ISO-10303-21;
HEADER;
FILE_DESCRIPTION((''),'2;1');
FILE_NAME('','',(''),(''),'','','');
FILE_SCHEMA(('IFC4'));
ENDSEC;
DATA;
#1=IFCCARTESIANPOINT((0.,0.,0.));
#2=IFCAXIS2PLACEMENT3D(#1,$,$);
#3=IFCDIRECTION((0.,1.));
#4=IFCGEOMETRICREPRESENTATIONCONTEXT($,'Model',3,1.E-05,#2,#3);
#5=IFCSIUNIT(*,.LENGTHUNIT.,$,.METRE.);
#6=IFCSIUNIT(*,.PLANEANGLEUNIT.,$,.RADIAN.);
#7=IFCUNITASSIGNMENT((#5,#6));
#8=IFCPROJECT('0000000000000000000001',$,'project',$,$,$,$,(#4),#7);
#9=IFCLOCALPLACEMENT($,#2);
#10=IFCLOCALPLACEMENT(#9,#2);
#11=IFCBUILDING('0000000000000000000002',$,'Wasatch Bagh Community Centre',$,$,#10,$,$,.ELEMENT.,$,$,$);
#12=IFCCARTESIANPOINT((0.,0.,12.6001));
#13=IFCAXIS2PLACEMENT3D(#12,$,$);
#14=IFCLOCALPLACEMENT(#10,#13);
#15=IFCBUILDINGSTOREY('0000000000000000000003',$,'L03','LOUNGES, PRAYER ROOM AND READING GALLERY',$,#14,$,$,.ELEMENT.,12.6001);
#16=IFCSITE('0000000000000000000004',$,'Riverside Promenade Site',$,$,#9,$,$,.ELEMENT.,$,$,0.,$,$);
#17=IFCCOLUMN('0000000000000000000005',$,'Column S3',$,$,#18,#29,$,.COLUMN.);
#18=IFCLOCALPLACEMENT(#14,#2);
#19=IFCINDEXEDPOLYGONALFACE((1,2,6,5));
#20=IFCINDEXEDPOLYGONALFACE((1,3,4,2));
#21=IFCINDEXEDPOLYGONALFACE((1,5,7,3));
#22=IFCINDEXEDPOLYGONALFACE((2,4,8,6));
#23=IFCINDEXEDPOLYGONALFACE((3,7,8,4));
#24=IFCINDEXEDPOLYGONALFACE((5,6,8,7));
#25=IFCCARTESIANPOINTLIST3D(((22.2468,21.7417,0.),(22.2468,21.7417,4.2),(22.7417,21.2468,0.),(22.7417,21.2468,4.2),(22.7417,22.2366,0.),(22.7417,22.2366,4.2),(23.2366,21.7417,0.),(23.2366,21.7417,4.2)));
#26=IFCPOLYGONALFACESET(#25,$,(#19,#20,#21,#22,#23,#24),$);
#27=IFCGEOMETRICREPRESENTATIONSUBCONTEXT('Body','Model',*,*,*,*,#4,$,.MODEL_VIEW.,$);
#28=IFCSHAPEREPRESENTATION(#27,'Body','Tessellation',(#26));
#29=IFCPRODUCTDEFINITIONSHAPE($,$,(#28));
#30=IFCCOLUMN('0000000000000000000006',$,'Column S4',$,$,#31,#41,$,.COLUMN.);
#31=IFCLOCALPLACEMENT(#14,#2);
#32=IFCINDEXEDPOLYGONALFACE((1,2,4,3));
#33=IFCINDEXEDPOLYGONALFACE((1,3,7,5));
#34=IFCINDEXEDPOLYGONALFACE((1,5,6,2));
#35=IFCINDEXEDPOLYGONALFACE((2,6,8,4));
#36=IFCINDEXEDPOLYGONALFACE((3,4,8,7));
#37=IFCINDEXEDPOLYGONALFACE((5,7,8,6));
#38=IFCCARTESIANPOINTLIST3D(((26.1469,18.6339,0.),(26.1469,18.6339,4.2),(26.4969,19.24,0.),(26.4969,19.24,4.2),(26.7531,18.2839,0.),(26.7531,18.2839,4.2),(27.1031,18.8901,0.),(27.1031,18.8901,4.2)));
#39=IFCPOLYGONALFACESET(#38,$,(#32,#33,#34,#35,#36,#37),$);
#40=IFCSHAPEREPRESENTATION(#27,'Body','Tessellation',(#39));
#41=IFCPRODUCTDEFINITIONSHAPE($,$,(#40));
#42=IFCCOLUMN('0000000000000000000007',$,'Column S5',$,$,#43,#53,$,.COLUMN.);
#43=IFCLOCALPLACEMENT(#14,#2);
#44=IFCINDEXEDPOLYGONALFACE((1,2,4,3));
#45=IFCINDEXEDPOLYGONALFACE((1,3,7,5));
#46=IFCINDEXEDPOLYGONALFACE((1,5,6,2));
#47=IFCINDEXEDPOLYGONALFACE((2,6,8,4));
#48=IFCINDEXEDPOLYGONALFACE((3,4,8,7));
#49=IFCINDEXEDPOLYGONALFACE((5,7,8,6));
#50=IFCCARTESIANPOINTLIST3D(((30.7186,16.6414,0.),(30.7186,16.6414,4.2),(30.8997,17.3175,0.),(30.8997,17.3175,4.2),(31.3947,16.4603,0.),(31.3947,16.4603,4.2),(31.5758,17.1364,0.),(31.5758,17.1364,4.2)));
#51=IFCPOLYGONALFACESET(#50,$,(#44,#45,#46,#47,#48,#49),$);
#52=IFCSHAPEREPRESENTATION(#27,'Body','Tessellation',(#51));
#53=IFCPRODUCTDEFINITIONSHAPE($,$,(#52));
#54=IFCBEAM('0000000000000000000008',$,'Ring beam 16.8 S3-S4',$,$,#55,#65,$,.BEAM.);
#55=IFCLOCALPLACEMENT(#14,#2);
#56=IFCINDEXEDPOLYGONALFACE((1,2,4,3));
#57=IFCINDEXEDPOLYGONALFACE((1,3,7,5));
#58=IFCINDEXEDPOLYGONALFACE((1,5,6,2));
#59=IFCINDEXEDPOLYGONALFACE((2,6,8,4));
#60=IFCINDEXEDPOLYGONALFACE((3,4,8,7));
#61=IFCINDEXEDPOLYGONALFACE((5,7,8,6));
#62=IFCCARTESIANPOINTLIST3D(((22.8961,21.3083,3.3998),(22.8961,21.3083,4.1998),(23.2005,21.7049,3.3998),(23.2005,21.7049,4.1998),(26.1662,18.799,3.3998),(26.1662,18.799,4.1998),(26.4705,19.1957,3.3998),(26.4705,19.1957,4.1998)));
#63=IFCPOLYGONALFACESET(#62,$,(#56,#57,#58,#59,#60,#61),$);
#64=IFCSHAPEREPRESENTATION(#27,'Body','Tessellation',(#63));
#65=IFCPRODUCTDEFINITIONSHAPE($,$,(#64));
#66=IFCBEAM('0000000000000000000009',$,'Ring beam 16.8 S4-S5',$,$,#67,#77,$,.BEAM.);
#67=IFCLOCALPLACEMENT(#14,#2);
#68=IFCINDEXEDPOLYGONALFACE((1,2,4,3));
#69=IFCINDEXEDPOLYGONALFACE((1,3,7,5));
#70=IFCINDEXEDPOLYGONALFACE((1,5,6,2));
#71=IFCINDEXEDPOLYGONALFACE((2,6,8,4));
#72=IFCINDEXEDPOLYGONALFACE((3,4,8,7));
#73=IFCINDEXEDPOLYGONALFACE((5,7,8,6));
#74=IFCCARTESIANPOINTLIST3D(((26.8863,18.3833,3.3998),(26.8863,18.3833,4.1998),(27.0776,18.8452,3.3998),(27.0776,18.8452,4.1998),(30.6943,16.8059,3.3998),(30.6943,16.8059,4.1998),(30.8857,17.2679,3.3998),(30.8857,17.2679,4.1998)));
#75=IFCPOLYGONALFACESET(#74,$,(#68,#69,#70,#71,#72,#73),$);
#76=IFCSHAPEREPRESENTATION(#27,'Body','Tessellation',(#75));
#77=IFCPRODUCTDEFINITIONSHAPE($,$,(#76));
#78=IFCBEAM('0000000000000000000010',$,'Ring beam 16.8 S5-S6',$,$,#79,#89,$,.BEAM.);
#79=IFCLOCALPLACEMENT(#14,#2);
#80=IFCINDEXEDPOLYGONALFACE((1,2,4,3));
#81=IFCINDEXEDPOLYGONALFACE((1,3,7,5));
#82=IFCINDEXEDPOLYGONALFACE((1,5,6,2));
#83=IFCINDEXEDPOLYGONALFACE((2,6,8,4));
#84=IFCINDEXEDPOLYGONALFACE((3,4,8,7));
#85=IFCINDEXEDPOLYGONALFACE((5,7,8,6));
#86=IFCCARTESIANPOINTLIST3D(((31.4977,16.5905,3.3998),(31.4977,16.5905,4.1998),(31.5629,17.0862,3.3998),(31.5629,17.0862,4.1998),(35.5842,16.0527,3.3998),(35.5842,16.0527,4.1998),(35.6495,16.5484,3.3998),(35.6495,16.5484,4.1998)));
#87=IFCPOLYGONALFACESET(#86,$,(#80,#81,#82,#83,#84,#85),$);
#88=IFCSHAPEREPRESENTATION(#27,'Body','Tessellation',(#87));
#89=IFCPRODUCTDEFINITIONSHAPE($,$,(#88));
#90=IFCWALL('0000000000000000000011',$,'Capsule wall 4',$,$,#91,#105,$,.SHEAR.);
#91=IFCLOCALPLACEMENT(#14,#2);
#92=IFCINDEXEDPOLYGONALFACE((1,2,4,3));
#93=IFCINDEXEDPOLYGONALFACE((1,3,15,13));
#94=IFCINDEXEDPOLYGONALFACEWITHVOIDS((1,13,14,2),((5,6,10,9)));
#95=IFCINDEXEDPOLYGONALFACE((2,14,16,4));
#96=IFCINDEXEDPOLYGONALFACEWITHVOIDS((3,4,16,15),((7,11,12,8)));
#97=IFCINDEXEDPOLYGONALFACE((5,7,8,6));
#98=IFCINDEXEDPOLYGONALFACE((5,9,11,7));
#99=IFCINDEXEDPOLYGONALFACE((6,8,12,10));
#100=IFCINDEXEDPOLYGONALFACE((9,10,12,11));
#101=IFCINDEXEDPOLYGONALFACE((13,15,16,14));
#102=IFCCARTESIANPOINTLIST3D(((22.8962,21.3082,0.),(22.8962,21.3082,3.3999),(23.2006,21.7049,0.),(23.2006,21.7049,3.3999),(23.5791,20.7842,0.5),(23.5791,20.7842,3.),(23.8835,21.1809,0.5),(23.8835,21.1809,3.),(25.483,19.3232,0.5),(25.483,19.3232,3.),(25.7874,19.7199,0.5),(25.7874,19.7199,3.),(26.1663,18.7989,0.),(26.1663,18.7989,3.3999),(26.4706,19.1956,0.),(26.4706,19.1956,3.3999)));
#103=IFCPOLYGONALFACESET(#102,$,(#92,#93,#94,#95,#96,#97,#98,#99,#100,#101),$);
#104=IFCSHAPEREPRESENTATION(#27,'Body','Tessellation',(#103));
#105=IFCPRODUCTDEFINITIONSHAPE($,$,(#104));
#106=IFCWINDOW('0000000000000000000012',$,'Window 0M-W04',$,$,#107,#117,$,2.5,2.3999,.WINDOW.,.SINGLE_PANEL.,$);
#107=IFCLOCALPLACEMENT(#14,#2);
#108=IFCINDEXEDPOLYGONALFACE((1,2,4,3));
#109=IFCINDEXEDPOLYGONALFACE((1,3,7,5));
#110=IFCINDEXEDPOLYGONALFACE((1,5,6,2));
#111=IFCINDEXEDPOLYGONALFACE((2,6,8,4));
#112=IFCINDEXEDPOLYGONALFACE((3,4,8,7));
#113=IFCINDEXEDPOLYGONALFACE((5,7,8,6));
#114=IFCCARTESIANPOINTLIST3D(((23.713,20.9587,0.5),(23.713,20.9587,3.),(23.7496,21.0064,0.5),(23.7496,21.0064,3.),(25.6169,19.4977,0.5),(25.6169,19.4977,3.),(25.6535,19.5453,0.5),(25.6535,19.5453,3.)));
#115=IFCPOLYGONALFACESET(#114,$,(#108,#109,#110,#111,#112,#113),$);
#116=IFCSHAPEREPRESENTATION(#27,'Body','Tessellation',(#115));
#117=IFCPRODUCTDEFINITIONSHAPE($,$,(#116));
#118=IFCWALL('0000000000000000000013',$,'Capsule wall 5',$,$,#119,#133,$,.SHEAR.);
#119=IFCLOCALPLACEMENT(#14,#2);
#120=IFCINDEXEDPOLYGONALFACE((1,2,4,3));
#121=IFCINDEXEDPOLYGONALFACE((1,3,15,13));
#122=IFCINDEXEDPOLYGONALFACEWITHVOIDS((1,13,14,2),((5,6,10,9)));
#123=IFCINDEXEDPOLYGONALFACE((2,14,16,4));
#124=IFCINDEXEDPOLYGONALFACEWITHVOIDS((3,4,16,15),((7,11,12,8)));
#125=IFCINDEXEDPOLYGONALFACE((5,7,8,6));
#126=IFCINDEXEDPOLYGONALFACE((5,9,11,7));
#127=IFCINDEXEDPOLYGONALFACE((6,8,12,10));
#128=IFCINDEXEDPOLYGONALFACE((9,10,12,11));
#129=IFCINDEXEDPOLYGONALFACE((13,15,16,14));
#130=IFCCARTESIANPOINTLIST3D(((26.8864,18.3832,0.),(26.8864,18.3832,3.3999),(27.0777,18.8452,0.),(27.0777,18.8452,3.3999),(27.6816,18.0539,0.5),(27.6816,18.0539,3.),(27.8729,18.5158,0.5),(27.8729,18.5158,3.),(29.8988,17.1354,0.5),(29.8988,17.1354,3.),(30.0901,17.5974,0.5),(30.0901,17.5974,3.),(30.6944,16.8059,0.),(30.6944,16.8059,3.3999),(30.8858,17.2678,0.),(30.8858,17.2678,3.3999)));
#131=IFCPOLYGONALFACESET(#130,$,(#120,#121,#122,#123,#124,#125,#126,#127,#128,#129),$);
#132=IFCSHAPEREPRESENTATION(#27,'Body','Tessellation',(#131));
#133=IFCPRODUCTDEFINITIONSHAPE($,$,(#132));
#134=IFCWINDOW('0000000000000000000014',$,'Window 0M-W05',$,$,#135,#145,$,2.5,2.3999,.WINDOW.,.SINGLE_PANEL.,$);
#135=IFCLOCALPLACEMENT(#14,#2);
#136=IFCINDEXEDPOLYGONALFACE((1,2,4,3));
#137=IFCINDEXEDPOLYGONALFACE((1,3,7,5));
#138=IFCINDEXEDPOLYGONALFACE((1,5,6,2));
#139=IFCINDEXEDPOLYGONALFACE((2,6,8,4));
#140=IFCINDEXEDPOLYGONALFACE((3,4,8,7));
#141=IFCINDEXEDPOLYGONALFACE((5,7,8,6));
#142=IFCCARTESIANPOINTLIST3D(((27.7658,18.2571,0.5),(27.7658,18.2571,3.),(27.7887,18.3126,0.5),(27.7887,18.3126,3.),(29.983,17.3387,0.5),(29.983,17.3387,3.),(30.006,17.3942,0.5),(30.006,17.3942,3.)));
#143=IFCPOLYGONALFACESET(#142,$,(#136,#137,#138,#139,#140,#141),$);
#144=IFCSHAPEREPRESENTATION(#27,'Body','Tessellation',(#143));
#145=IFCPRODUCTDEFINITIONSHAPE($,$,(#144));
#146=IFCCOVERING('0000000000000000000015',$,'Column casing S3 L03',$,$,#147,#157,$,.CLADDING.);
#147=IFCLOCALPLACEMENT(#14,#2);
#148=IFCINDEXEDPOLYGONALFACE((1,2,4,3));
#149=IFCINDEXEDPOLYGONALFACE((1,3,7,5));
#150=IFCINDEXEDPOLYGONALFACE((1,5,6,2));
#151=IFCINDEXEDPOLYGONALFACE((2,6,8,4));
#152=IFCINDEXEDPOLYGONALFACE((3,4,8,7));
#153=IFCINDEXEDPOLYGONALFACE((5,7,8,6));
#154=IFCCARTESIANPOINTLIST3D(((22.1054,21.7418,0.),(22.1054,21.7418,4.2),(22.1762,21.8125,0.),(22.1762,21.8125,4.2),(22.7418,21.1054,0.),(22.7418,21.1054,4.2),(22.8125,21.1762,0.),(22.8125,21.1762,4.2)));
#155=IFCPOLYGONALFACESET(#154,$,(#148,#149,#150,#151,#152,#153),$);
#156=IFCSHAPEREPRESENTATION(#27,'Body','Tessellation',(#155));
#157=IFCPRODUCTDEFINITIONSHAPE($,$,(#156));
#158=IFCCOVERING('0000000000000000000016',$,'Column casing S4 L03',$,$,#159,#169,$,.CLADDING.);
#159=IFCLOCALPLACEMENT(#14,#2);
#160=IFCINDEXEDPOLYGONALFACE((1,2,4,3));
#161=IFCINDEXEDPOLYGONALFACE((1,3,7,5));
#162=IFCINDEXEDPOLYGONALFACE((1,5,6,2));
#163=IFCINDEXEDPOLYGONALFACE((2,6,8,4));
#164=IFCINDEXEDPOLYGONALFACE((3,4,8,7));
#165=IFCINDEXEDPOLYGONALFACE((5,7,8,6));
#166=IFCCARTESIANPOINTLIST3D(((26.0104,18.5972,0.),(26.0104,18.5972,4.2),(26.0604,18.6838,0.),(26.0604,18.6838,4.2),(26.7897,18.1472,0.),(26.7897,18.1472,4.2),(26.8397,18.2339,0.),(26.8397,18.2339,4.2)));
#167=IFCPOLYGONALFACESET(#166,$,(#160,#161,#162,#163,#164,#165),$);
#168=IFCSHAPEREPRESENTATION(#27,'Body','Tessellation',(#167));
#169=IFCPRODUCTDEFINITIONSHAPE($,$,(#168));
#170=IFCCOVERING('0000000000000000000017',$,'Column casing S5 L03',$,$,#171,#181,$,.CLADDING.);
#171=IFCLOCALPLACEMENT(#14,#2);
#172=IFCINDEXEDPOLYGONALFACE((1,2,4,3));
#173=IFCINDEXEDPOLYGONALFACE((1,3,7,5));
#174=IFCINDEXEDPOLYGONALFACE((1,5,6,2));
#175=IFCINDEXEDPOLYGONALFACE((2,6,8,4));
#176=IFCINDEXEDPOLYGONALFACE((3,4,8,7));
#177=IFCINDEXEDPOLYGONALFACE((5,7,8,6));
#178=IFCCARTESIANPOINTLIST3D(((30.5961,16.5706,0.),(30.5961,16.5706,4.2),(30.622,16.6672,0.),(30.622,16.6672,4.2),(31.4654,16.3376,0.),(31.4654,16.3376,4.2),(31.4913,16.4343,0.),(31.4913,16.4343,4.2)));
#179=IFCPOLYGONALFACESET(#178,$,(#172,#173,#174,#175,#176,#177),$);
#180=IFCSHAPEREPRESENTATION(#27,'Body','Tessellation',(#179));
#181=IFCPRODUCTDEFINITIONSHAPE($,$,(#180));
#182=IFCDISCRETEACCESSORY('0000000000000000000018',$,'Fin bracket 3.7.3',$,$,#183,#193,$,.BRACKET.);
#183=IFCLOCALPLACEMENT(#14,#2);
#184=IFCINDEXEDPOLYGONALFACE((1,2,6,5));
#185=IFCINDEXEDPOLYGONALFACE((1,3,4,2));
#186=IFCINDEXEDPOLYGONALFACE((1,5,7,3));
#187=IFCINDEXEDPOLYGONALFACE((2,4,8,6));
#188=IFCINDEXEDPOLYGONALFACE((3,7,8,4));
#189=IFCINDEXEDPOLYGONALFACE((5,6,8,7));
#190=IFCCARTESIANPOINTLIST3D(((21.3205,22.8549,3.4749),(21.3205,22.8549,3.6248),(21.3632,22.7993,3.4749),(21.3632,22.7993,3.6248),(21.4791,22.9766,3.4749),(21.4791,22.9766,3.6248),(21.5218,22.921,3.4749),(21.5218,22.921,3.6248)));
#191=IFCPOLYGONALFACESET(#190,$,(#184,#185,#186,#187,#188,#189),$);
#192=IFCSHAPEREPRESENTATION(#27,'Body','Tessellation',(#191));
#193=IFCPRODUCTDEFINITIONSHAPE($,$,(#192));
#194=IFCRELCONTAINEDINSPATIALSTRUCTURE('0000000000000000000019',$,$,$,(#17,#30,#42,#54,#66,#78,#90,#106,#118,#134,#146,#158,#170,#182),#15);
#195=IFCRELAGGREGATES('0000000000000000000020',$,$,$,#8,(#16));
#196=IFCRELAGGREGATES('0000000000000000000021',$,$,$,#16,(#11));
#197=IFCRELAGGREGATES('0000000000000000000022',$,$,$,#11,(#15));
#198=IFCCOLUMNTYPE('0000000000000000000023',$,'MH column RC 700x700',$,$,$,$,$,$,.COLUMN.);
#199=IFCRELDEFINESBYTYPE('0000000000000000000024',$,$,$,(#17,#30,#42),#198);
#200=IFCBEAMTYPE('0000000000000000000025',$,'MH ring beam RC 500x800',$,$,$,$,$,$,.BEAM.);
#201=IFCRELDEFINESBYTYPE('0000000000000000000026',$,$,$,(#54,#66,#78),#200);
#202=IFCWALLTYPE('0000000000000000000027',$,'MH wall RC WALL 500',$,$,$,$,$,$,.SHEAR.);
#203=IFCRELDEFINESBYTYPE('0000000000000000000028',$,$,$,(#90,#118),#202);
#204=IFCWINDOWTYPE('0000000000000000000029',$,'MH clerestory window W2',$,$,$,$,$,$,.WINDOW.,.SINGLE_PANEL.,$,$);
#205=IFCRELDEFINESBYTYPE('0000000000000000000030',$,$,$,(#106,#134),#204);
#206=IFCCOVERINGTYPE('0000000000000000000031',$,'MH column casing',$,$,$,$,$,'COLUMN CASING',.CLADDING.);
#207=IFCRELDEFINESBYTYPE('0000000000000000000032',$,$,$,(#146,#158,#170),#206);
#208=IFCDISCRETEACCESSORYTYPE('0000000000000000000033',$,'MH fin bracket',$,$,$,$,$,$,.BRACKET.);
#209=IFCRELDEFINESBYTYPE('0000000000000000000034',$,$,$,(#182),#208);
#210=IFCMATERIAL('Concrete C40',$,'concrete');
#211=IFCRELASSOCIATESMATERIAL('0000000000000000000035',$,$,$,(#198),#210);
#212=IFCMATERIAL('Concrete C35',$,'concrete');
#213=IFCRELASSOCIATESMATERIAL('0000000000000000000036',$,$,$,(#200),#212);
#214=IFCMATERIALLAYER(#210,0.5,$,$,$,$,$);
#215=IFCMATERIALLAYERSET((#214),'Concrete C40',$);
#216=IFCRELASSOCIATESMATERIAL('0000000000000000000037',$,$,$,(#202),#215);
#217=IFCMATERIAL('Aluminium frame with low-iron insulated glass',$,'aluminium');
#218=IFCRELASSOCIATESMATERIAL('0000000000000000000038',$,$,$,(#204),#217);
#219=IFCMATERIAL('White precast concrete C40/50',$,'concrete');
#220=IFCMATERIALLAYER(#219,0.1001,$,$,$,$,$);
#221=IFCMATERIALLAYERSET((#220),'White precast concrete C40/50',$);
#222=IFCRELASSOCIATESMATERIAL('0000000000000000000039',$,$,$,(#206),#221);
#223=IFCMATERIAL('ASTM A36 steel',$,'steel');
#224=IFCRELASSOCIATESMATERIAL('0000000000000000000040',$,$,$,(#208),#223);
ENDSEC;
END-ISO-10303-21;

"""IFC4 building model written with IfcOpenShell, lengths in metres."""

from ifc_helpers import new_model, si_unit, direction, frame, frame_2d, origin, origin_2d, place, context, subcontext, project, spatial, rectangle, extrude, material, layer, layer_set, material_profile, profile_set, type_object, element, fill, save


model = new_model("IFC4")

# Units and contexts
model_context = context("Model", 3, precision=1e-05, world=origin(), true_north=direction((0.0, 1.0)))
body_context = subcontext(model_context, "Body", "Model", "MODEL_VIEW")
ifc_project = project(units=[si_unit("LENGTHUNIT", "METRE"), si_unit("PLANEANGLEUNIT", "RADIAN")], contexts=[model_context])

# Site, building, storey
site_placement = place(None, origin())
site = spatial("IfcSite", under=ifc_project, at=site_placement, Name="Riverside Promenade Site", CompositionType="ELEMENT", RefElevation=0.0)
building_placement = place(site_placement, origin())
building = spatial("IfcBuilding", under=site, at=building_placement, Name="Wasatch Bagh Community Centre", CompositionType="ELEMENT")
storey_placement = place(building_placement, frame((0.0, 0.0, 12.6001)))
storey = spatial("IfcBuildingStorey", under=building, at=storey_placement, Name="L03", Description="LOUNGES, PRAYER ROOM AND READING GALLERY", CompositionType="ELEMENT", Elevation=12.6001)

# Columns
ifc_material_1 = material(Name="Concrete C40", Category="concrete")
ifc_material_profile_1 = material_profile(ifc_material_1, rectangle(XDim=0.7, YDim=0.7, at=origin_2d()), Name="RC 700x700")
ifc_profile_set_1 = profile_set([ifc_material_profile_1], Name="Concrete C40")
column_type = type_object("IfcColumnType", Name="MH column RC 700x700", PredefinedType="COLUMN", material=ifc_profile_set_1)
for number, where, z_axis, x_axis, name in (
    (1, (22.7417, 21.7417, 0.0), (0.0, 0.0, 1.0), (0.707107, 0.707107, 0.0), "Column S3"),
    (2, (26.625, 18.762, 0.0), (0.0, 0.0, 1.0), (0.5, 0.866025, 0.0), "Column S4"),
    (3, (31.1472, 16.8889, 0.0), (0.0, 0.0, 1.0), (0.258819, 0.965926, 0.0), "Column S5"),
):
    element("IfcColumn", number, at=place(storey_placement, frame(where, z_axis=z_axis, x_axis=x_axis)), inside=storey, type_object=column_type, Name=name, PredefinedType="COLUMN", context=body_context, shape_type="SweptSolid", body=[
        extrude(rectangle(XDim=0.7, YDim=0.7, at=origin_2d()), origin(), (0.0, 0.0, 1.0), 4.2),
    ])

# Beams
ifc_material_2 = material(Name="Concrete C35", Category="concrete")
ifc_material_profile_2 = material_profile(ifc_material_2, rectangle(XDim=0.5, YDim=0.8, at=origin_2d()), Name="RC 500x800")
ifc_profile_set_2 = profile_set([ifc_material_profile_2], Name="Concrete C35")
beam_type = type_object("IfcBeamType", Name="MH ring beam RC 500x800", PredefinedType="BEAM", material=ifc_profile_set_2)
for number, where, z_axis, x_axis, name in (
    (4, (23.0483, 21.5066, 3.7998), (0.793341, -0.608777, 0.0), (0.608777, 0.793341, 0.0), "Ring beam 16.8 S3-S4"),
    (5, (26.9819, 18.6143, 3.7998), (0.923878, -0.382688, 0.0), (0.382688, 0.923878, 0.0), "Ring beam 16.8 S4-S5"),
    (6, (31.5303, 16.8384, 3.7998), (0.99145, -0.130484, 0.0), (0.130484, 0.99145, 0.0), "Ring beam 16.8 S5-S6"),
):
    element("IfcBeam", number, at=place(storey_placement, frame(where, z_axis=z_axis, x_axis=x_axis)), inside=storey, type_object=beam_type, Name=name, PredefinedType="BEAM", context=body_context, shape_type="SweptSolid", body=[
        extrude(rectangle(XDim=0.5, YDim=0.8, at=origin_2d()), origin(), (0.0, 0.0, 1.0), 4.1218),
    ])

# Walls, openings, windows
ifc_layer_1 = layer(ifc_material_1, 0.5)
ifc_layer_set_1 = layer_set([ifc_layer_1], Name="Concrete C40")
wall_type = type_object("IfcWallType", Name="MH wall RC WALL 500", PredefinedType="SHEAR", material=ifc_layer_set_1)
wall_1_placement = place(storey_placement, frame((23.0483, 21.5066, 0.0), z_axis=(0.0, 0.0, 1.0), x_axis=(0.793341, -0.608777, 0.0)))
wall_1 = element("IfcWall", 7, at=wall_1_placement, inside=storey, type_object=wall_type, Name="Capsule wall 4", PredefinedType="SHEAR", context=body_context, shape_type="SweptSolid", body=[
    extrude(rectangle(XDim=4.1218, YDim=0.5, at=frame_2d((2.061, 0.0))), origin(), (0.0, 0.0, 1.0), 3.3999),
])
opening_1_placement = place(wall_1_placement, frame((0.8608, 0.0, 0.5)))
opening_1 = element("IfcOpeningElement", 8, at=opening_1_placement, cuts=wall_1, PredefinedType="OPENING", context=body_context, shape_type="SweptSolid", body=[
    extrude(rectangle(XDim=2.3999, YDim=2.5, at=frame_2d((1.2, 1.25))), frame((0.0, 0.26, 0.0), z_axis=(0.0, -1.0, 0.0), x_axis=(1.0, 0.0, 0.0)), (0.0, 0.0, 1.0), 0.52),
])
ifc_material_3 = material(Name="Aluminium frame with low-iron insulated glass", Category="aluminium")
window_type = type_object("IfcWindowType", Name="MH clerestory window W2", PartitioningType="SINGLE_PANEL", PredefinedType="WINDOW", material=ifc_material_3)
window_1_placement = place(opening_1_placement, origin())
window_1 = element("IfcWindow", 9, at=window_1_placement, inside=storey, type_object=window_type, Name="Window 0M-W04", OverallHeight=2.5, OverallWidth=2.3999, PartitioningType="SINGLE_PANEL", PredefinedType="WINDOW", context=body_context, shape_type="SweptSolid", body=[
    extrude(rectangle(XDim=2.3999, YDim=2.5, at=frame_2d((1.2, 1.25))), frame((0.0, 0.03, 0.0), z_axis=(0.0, -1.0, 0.0), x_axis=(1.0, 0.0, 0.0)), (0.0, 0.0, 1.0), 0.0601),
])
fill(opening_1, window_1)
wall_2_placement = place(storey_placement, frame((26.9819, 18.6143, 0.0), z_axis=(0.0, 0.0, 1.0), x_axis=(0.923878, -0.382688, 0.0)))
wall_2 = element("IfcWall", 10, at=wall_2_placement, inside=storey, type_object=wall_type, Name="Capsule wall 5", PredefinedType="SHEAR", context=body_context, shape_type="SweptSolid", body=[
    extrude(rectangle(XDim=4.1218, YDim=0.5, at=frame_2d((2.061, 0.0))), origin(), (0.0, 0.0, 1.0), 3.3999),
])
opening_2_placement = place(wall_2_placement, frame((0.8608, 0.0, 0.5)))
opening_2 = element("IfcOpeningElement", 11, at=opening_2_placement, cuts=wall_2, PredefinedType="OPENING", context=body_context, shape_type="SweptSolid", body=[
    extrude(rectangle(XDim=2.3999, YDim=2.5, at=frame_2d((1.2, 1.25))), frame((0.0, 0.26, 0.0), z_axis=(0.0, -1.0, 0.0), x_axis=(1.0, 0.0, 0.0)), (0.0, 0.0, 1.0), 0.52),
])
window_2_placement = place(opening_2_placement, origin())
window_2 = element("IfcWindow", 12, at=window_2_placement, inside=storey, type_object=window_type, Name="Window 0M-W05", OverallHeight=2.5, OverallWidth=2.3999, PartitioningType="SINGLE_PANEL", PredefinedType="WINDOW", context=body_context, shape_type="SweptSolid", body=[
    extrude(rectangle(XDim=2.3999, YDim=2.5, at=frame_2d((1.2, 1.25))), frame((0.0, 0.03, 0.0), z_axis=(0.0, -1.0, 0.0), x_axis=(1.0, 0.0, 0.0)), (0.0, 0.0, 1.0), 0.0601),
])
fill(opening_2, window_2)

# Coverings
ifc_material_4 = material(Name="White precast concrete C40/50", Category="concrete")
ifc_layer_2 = layer(ifc_material_4, 0.1001)
ifc_layer_set_2 = layer_set([ifc_layer_2], Name="White precast concrete C40/50")
covering_type = type_object("IfcCoveringType", Name="MH column casing", ElementType="COLUMN CASING", PredefinedType="CLADDING", material=ifc_layer_set_2)
for number, where, z_axis, x_axis, name in (
    (13, (22.459, 21.459, 0.0), (0.0, 0.0, 1.0), (0.707107, -0.707107, 0.0), "Column casing S3 L03"),
    (14, (26.425, 18.4155, 0.0), (0.0, 0.0, 1.0), (0.866025, -0.5, 0.0), "Column casing S4 L03"),
    (15, (31.0437, 16.5024, 0.0), (0.0, 0.0, 1.0), (0.965926, -0.258819, 0.0), "Column casing S5 L03"),
):
    element("IfcCovering", number, at=place(storey_placement, frame(where, z_axis=z_axis, x_axis=x_axis)), inside=storey, type_object=covering_type, Name=name, PredefinedType="CLADDING", context=body_context, shape_type="SweptSolid", body=[
        extrude(rectangle(XDim=0.8999, YDim=0.1001, at=origin_2d()), origin(), (0.0, 0.0, 1.0), 4.2),
    ])

# Discrete accessory
ifc_material_5 = material(Name="ASTM A36 steel", Category="steel")
discrete_accessory_type = type_object("IfcDiscreteAccessoryType", Name="MH fin bracket", PredefinedType="BRACKET", material=ifc_material_5)
for number, where, z_axis, x_axis, name in (
    (16, (21.4211, 22.8879, 3.4749), (0.0, 0.0, 1.0), (0.608761, -0.793353, 0.0), "Fin bracket 3.7.3"),
):
    element("IfcDiscreteAccessory", number, at=place(storey_placement, frame(where, z_axis=z_axis, x_axis=x_axis)), inside=storey, type_object=discrete_accessory_type, Name=name, PredefinedType="BRACKET", context=body_context, shape_type="SweptSolid", body=[
        extrude(rectangle(XDim=0.0701, YDim=0.2, at=origin_2d()), origin(), (0.0, 0.0, 1.0), 0.1499),
    ])

save(model, "model.ifc")
